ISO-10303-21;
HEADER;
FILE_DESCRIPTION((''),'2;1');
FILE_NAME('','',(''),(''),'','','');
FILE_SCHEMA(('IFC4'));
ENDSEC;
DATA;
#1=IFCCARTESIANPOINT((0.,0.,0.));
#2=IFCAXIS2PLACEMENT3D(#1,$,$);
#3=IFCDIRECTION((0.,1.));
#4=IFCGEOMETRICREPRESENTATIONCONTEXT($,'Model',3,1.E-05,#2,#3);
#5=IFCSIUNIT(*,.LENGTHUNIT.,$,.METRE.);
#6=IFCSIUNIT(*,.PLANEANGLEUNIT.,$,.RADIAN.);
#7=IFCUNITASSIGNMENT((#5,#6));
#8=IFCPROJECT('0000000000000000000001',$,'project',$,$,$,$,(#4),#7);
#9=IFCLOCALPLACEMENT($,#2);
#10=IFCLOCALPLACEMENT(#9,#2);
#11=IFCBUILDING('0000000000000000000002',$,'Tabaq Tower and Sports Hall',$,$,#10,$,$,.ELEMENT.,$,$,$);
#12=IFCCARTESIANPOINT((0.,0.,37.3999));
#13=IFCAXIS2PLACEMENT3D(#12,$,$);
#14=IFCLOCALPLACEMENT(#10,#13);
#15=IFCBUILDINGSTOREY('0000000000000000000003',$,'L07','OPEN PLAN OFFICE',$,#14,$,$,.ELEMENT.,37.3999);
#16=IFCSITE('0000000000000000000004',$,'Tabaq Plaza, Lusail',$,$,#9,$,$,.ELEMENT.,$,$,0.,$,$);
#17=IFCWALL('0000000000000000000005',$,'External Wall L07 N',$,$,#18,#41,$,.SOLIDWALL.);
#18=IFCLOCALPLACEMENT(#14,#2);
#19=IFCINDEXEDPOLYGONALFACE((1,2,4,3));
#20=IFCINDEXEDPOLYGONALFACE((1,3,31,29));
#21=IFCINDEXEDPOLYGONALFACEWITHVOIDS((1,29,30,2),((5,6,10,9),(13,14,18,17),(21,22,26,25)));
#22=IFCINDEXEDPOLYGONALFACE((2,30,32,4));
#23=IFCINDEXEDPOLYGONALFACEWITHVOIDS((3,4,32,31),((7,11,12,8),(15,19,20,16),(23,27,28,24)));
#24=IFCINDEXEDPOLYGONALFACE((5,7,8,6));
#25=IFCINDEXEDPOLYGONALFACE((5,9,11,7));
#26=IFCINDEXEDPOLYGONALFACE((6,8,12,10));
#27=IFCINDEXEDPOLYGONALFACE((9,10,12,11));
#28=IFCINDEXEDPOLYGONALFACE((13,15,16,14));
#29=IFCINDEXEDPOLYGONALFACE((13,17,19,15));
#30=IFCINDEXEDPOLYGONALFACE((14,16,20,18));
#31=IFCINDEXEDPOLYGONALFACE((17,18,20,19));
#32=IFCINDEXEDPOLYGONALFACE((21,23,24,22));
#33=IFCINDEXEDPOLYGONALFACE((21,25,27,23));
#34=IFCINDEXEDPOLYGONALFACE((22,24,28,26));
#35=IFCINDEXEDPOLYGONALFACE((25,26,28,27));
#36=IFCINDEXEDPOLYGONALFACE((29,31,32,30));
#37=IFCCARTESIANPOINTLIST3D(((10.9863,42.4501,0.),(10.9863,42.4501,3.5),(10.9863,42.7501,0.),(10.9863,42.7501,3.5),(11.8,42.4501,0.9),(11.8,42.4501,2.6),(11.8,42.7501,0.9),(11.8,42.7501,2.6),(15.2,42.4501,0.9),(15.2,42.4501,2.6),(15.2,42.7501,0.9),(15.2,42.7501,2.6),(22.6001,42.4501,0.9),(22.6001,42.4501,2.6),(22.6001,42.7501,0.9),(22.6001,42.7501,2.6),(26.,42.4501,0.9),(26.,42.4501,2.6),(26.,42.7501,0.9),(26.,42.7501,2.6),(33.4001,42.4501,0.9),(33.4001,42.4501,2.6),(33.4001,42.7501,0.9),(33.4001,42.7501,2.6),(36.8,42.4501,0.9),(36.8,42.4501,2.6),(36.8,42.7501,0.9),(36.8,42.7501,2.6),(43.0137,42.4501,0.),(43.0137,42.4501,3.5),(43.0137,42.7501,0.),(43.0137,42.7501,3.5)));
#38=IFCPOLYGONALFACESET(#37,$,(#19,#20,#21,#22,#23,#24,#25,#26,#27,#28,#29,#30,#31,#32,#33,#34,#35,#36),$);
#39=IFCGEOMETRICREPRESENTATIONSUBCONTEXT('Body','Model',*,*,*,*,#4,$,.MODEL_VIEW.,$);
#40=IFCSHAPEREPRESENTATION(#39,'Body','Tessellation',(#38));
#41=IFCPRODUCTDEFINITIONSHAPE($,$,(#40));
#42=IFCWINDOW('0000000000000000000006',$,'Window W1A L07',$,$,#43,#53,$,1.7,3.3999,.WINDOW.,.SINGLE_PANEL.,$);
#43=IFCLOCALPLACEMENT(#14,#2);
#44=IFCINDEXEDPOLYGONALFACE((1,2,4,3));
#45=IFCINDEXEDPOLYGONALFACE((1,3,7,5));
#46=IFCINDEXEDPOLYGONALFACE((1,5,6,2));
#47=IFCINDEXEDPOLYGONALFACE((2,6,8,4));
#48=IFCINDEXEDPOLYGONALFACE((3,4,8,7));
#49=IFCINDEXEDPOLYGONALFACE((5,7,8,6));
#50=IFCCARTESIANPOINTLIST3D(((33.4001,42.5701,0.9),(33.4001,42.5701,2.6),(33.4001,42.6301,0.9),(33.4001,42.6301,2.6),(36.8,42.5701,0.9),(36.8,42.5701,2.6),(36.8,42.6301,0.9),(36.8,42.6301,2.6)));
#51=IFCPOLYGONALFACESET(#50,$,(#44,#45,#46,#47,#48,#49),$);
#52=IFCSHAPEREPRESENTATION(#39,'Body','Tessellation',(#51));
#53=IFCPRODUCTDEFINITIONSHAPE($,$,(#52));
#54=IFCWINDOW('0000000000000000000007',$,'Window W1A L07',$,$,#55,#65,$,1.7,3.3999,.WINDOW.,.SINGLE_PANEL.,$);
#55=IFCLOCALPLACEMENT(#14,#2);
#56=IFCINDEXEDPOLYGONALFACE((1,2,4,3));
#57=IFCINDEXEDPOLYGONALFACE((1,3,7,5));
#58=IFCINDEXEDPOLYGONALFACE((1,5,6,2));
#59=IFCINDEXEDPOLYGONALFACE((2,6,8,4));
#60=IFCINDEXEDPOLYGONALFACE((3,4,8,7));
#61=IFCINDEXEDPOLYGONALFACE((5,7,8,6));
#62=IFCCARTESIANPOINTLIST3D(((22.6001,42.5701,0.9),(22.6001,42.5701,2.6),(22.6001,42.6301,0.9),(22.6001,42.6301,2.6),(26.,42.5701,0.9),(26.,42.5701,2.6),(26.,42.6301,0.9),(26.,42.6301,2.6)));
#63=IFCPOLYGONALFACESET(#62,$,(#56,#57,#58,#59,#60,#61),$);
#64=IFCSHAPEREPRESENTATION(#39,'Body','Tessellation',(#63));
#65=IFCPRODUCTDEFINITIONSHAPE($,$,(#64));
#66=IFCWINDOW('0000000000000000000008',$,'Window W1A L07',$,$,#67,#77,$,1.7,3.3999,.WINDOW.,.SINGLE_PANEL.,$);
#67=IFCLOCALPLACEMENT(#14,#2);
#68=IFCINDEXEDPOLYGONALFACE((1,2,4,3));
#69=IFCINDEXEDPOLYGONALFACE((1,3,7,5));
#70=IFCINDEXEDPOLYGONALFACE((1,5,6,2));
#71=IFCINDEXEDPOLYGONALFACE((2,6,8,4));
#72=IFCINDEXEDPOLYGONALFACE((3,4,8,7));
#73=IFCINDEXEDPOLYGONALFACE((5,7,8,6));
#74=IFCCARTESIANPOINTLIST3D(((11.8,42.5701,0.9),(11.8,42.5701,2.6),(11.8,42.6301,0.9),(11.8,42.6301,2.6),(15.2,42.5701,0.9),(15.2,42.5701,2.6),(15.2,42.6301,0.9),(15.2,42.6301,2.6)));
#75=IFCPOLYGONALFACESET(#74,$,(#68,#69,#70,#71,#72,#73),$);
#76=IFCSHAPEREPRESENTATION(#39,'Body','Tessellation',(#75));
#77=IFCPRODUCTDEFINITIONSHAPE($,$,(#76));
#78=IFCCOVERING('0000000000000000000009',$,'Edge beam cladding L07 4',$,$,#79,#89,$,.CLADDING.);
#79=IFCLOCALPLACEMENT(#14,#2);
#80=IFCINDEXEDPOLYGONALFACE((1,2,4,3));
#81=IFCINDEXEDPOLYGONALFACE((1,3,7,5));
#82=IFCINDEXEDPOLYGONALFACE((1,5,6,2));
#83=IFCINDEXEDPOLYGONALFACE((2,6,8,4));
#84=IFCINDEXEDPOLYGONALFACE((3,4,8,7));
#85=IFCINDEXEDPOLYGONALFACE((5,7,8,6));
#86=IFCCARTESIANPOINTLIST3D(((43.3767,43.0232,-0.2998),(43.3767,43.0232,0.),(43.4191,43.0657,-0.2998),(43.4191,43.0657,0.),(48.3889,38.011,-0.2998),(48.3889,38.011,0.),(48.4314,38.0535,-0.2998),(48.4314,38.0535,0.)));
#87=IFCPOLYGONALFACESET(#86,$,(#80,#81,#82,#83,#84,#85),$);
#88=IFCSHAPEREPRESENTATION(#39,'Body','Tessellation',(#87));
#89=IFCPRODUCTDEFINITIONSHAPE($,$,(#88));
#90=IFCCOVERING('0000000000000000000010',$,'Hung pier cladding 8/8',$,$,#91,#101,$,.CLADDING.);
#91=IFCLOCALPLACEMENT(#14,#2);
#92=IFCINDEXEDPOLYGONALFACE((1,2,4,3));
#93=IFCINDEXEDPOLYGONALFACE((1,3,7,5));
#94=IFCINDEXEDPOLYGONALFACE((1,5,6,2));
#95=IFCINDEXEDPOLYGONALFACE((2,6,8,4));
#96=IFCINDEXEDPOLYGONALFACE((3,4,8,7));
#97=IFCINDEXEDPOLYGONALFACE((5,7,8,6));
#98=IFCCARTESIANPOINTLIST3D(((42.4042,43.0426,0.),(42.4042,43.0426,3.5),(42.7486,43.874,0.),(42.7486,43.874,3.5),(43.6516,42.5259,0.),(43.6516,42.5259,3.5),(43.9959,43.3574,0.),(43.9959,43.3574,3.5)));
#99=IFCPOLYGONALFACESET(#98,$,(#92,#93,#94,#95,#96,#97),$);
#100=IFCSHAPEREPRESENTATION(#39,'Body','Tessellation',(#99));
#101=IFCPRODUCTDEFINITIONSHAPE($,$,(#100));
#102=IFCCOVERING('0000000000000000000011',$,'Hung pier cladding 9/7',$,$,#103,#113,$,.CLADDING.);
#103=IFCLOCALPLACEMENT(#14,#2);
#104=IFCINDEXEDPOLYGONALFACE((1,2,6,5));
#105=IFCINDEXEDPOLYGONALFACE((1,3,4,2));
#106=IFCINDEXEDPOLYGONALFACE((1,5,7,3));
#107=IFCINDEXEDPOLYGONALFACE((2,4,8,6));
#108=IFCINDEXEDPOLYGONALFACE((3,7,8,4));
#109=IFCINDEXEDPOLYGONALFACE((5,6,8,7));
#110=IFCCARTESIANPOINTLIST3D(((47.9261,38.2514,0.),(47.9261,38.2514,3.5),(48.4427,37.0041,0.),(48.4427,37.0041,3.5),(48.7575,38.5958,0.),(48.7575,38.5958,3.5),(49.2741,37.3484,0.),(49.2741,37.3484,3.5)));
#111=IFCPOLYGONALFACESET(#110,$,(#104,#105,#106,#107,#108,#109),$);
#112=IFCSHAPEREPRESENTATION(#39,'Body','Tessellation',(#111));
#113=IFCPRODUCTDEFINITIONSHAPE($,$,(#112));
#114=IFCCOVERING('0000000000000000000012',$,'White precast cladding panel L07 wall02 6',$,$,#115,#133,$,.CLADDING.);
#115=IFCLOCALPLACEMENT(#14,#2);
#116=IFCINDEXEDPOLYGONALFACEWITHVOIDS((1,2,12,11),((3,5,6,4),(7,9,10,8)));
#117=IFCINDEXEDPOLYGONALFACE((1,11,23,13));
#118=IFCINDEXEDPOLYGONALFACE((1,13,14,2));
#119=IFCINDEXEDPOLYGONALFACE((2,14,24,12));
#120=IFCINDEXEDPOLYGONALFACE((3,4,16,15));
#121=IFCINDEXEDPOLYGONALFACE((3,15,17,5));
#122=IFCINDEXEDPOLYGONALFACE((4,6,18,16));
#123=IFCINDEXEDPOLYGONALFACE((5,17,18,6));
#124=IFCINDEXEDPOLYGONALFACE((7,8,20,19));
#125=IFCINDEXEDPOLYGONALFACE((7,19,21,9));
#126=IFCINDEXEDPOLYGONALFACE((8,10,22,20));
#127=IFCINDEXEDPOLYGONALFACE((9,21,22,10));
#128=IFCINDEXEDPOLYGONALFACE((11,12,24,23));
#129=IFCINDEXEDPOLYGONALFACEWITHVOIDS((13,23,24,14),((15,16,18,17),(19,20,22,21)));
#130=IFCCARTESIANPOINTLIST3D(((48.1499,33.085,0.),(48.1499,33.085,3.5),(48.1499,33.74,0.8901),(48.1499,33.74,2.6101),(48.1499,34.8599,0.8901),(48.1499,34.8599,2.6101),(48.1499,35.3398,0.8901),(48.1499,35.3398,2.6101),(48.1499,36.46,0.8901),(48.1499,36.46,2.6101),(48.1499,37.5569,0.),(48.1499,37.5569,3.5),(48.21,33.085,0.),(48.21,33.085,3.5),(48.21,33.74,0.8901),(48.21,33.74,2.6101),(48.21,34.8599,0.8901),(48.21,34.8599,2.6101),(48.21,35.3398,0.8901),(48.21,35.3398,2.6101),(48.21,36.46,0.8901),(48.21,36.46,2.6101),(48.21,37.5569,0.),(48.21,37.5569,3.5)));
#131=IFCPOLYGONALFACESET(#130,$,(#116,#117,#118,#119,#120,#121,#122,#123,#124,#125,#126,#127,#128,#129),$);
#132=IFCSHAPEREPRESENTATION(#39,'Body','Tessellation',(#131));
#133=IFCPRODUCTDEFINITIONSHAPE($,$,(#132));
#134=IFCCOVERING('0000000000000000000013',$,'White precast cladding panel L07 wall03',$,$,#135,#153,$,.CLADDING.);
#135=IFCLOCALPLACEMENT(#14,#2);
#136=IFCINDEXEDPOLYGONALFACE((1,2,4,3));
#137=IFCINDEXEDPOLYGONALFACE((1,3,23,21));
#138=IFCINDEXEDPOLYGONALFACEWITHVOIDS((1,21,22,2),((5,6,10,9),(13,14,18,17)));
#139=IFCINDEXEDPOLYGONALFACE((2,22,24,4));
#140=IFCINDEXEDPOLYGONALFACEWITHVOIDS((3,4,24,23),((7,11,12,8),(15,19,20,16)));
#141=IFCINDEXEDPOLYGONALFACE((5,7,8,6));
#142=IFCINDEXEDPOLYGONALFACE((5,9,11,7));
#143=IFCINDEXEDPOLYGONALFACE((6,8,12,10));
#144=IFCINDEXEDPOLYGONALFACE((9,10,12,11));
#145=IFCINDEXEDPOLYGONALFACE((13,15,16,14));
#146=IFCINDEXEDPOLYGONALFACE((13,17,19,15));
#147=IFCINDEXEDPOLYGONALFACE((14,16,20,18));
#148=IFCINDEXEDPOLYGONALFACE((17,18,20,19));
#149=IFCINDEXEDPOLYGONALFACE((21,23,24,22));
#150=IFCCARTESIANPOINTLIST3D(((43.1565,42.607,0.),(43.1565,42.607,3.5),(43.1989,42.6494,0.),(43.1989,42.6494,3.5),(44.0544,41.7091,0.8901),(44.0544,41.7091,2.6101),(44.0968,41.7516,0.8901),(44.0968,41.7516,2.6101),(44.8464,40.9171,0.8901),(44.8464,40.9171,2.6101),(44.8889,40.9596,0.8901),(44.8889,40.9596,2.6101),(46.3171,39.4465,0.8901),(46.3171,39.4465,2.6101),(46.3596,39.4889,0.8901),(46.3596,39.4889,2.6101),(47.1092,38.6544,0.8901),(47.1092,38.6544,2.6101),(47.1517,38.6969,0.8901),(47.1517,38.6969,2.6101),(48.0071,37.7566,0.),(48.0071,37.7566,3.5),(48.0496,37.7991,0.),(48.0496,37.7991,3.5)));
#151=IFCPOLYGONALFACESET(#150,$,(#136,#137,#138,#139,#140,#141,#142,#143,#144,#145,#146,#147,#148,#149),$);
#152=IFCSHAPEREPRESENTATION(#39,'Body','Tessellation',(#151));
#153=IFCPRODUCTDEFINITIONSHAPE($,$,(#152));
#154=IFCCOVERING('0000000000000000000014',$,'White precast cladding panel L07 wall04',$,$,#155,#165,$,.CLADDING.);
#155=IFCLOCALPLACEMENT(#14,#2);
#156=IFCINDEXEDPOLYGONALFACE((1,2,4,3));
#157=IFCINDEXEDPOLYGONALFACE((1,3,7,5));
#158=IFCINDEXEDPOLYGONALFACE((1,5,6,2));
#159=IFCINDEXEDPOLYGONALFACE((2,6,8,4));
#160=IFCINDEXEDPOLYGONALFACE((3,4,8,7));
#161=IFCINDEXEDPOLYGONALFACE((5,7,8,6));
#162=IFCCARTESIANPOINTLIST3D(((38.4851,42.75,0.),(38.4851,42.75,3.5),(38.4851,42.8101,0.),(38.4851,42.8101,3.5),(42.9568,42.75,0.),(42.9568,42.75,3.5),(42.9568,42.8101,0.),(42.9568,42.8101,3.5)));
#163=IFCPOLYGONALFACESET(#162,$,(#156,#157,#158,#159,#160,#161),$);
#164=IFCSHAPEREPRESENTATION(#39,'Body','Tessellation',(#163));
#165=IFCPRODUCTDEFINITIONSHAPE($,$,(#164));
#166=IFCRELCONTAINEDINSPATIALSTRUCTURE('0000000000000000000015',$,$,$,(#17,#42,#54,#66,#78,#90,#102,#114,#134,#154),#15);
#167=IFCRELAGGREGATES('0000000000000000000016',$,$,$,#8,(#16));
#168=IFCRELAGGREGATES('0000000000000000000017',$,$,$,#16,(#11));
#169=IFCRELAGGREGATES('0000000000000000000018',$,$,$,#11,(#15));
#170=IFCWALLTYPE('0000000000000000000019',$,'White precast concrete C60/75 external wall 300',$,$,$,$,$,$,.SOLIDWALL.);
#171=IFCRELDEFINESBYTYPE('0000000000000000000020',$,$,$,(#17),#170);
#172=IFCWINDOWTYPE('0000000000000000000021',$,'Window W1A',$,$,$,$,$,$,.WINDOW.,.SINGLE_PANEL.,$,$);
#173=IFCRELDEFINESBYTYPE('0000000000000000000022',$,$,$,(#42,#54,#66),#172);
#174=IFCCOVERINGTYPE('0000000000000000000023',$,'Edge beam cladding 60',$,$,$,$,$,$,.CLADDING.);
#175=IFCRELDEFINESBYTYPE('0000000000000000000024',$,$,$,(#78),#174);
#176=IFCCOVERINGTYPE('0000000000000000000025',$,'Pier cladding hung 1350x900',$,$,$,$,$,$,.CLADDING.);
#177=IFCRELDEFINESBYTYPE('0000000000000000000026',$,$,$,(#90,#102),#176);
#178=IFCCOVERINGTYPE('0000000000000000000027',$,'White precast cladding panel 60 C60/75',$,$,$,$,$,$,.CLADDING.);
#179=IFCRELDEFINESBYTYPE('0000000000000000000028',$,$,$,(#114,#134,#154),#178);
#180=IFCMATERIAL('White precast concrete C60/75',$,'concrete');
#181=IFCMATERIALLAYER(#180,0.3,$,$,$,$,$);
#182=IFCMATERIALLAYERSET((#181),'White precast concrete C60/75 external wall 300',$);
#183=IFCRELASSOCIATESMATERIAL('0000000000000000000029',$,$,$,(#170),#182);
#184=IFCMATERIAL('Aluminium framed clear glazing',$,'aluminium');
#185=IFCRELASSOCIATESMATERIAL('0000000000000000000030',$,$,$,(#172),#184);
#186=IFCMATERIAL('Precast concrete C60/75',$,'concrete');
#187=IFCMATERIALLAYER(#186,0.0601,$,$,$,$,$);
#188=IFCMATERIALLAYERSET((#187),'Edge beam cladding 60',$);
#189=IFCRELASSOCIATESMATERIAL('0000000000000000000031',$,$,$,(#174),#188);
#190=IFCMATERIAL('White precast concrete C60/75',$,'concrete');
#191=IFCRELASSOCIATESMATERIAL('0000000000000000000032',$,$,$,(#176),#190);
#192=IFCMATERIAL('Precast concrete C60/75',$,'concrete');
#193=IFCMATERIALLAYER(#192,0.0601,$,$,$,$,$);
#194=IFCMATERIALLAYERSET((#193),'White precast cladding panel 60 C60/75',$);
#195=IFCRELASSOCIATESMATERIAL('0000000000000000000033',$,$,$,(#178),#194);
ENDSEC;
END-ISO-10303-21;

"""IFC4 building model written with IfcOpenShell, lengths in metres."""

from ifc_helpers import new_model, si_unit, direction, frame, frame_2d, origin, place, context, subcontext, project, spatial, polyline, rectangle, outline, extrude, material, layer, layer_set, type_object, element, fill, save


model = new_model("IFC4")

# Units and contexts
model_context = context("Model", 3, precision=1e-05, world=origin(), true_north=direction((0.0, 1.0)))
body_context = subcontext(model_context, "Body", "Model", "MODEL_VIEW")
ifc_project = project(units=[si_unit("LENGTHUNIT", "METRE"), si_unit("PLANEANGLEUNIT", "RADIAN")], contexts=[model_context])

# Site, building, storey
site_placement = place(None, origin())
site = spatial("IfcSite", under=ifc_project, at=site_placement, Name="Tabaq Plaza, Lusail", CompositionType="ELEMENT", RefElevation=0.0)
building_placement = place(site_placement, origin())
building = spatial("IfcBuilding", under=site, at=building_placement, Name="Tabaq Tower and Sports Hall", CompositionType="ELEMENT")
storey_placement = place(building_placement, frame((0.0, 0.0, 37.3999)))
storey = spatial("IfcBuildingStorey", under=building, at=storey_placement, Name="L07", Description="OPEN PLAN OFFICE", CompositionType="ELEMENT", Elevation=37.3999)

# Wall, openings, windows
ifc_material_1 = material(Name="White precast concrete C60/75", Category="concrete")
ifc_layer_1 = layer(ifc_material_1, 0.3)
ifc_layer_set_1 = layer_set([ifc_layer_1], Name="White precast concrete C60/75 external wall 300")
wall_type_1 = type_object("IfcWallType", Name="White precast concrete C60/75 external wall 300", PredefinedType="SOLIDWALL", material=ifc_layer_set_1)
wall_1_placement = place(storey_placement, frame((43.0137, 42.6001, 0.0), z_axis=(0.0, 0.0, 1.0), x_axis=(-1.0, 0.0, 0.0)))
wall_1 = element("IfcWall", 1, at=wall_1_placement, inside=storey, type_object=wall_type_1, Name="External Wall L07 N", PredefinedType="SOLIDWALL", context=body_context, shape_type="SweptSolid", body=[
    extrude(rectangle(XDim=32.0273, YDim=0.3, at=frame_2d((16.0137, 0.0))), origin(), (0.0, 0.0, 1.0), 3.5),
])
opening_1_placement = place(wall_1_placement, frame((6.2136, 0.0, 0.8999)))
opening_1 = element("IfcOpeningElement", 2, at=opening_1_placement, cuts=wall_1, PredefinedType="OPENING", context=body_context, shape_type="SweptSolid", body=[
    extrude(rectangle(XDim=3.3999, YDim=1.7, at=frame_2d((1.7, 0.8501))), frame((0.0, 0.1602, 0.0), z_axis=(0.0, -1.0, 0.0), x_axis=(1.0, 0.0, 0.0)), (0.0, 0.0, 1.0), 0.3201),
])
opening_2_placement = place(wall_1_placement, frame((17.0137, 0.0, 0.8999)))
opening_2 = element("IfcOpeningElement", 3, at=opening_2_placement, cuts=wall_1, PredefinedType="OPENING", context=body_context, shape_type="SweptSolid", body=[
    extrude(rectangle(XDim=3.3999, YDim=1.7, at=frame_2d((1.7, 0.8501))), frame((0.0, 0.1602, 0.0), z_axis=(0.0, -1.0, 0.0), x_axis=(1.0, 0.0, 0.0)), (0.0, 0.0, 1.0), 0.3201),
])
opening_3_placement = place(wall_1_placement, frame((27.8137, 0.0, 0.8999)))
opening_3 = element("IfcOpeningElement", 4, at=opening_3_placement, cuts=wall_1, PredefinedType="OPENING", context=body_context, shape_type="SweptSolid", body=[
    extrude(rectangle(XDim=3.3999, YDim=1.7, at=frame_2d((1.7, 0.8501))), frame((0.0, 0.1602, 0.0), z_axis=(0.0, -1.0, 0.0), x_axis=(1.0, 0.0, 0.0)), (0.0, 0.0, 1.0), 0.3201),
])
ifc_material_2 = material(Name="Aluminium framed clear glazing", Category="aluminium")
window_type_1 = type_object("IfcWindowType", Name="Window W1A", PartitioningType="SINGLE_PANEL", PredefinedType="WINDOW", material=ifc_material_2)
window_1_placement = place(opening_1_placement, origin())
window_1 = element("IfcWindow", 5, at=window_1_placement, inside=storey, type_object=window_type_1, Name="Window W1A L07", OverallHeight=1.7, OverallWidth=3.3999, PartitioningType="SINGLE_PANEL", PredefinedType="WINDOW", context=body_context, shape_type="SweptSolid", body=[
    extrude(rectangle(XDim=3.3999, YDim=1.7, at=frame_2d((1.7, 0.8501))), frame((0.0, 0.03, 0.0), z_axis=(0.0, -1.0, 0.0), x_axis=(1.0, 0.0, 0.0)), (0.0, 0.0, 1.0), 0.0601),
])
fill(opening_1, window_1)
window_2_placement = place(opening_2_placement, origin())
window_2 = element("IfcWindow", 6, at=window_2_placement, inside=storey, type_object=window_type_1, Name="Window W1A L07", OverallHeight=1.7, OverallWidth=3.3999, PartitioningType="SINGLE_PANEL", PredefinedType="WINDOW", context=body_context, shape_type="SweptSolid", body=[
    extrude(rectangle(XDim=3.3999, YDim=1.7, at=frame_2d((1.7, 0.8501))), frame((0.0, 0.03, 0.0), z_axis=(0.0, -1.0, 0.0), x_axis=(1.0, 0.0, 0.0)), (0.0, 0.0, 1.0), 0.0601),
])
fill(opening_2, window_2)
window_3_placement = place(opening_3_placement, origin())
window_3 = element("IfcWindow", 7, at=window_3_placement, inside=storey, type_object=window_type_1, Name="Window W1A L07", OverallHeight=1.7, OverallWidth=3.3999, PartitioningType="SINGLE_PANEL", PredefinedType="WINDOW", context=body_context, shape_type="SweptSolid", body=[
    extrude(rectangle(XDim=3.3999, YDim=1.7, at=frame_2d((1.7, 0.8501))), frame((0.0, 0.03, 0.0), z_axis=(0.0, -1.0, 0.0), x_axis=(1.0, 0.0, 0.0)), (0.0, 0.0, 1.0), 0.0601),
])
fill(opening_3, window_3)

# Coverings
ifc_material_3 = material(Name="Precast concrete C60/75", Category="concrete")
ifc_layer_2 = layer(ifc_material_3, 0.0601)
ifc_layer_set_2 = layer_set([ifc_layer_2], Name="Edge beam cladding 60")
covering_type_1 = type_object("IfcCoveringType", Name="Edge beam cladding 60", PredefinedType="CLADDING", material=ifc_layer_set_2)
covering_1_placement = place(storey_placement, frame((48.4102, 38.0322, -0.2998), z_axis=(0.0, 0.0, 1.0), x_axis=(-0.707107, 0.707107, 0.0)))
element("IfcCovering", 8, at=covering_1_placement, inside=storey, type_object=covering_type_1, Name="Edge beam cladding L07 4", PredefinedType="CLADDING", context=body_context, shape_type="SweptSolid", body=[
    extrude(rectangle(XDim=7.0884, YDim=0.0601, at=frame_2d((3.5442, 0.0))), origin(), (0.0, 0.0, 1.0), 0.2998),
])
ifc_material_4 = material(Name="White precast concrete C60/75", Category="concrete")
covering_type_2 = type_object("IfcCoveringType", Name="Pier cladding hung 1350x900", PredefinedType="CLADDING", material=ifc_material_4)
for number, where, z_axis, x_axis, name in (
    (9, (43.8237, 42.9417, 0.0), (0.0, 0.0, 1.0), (-0.923893, 0.38265, 0.0), "Hung pier cladding 8/8"),
    (10, (48.8584, 37.1763, 0.0), (0.0, 0.0, 1.0), (-0.38265, 0.923893, 0.0), "Hung pier cladding 9/7"),
):
    element("IfcCovering", number, at=place(storey_placement, frame(where, z_axis=z_axis, x_axis=x_axis)), inside=storey, type_object=covering_type_2, Name=name, PredefinedType="CLADDING", context=body_context, shape_type="SweptSolid", body=[
        extrude(rectangle(XDim=1.3501, YDim=0.8999, at=frame_2d((0.675, 0.0))), origin(), (0.0, 0.0, 1.0), 3.5),
    ])
ifc_material_5 = material(Name="Precast concrete C60/75", Category="concrete")
ifc_layer_3 = layer(ifc_material_5, 0.0601)
ifc_layer_set_3 = layer_set([ifc_layer_3], Name="White precast cladding panel 60 C60/75")
covering_type_3 = type_object("IfcCoveringType", Name="White precast cladding panel 60 C60/75", PredefinedType="CLADDING", material=ifc_layer_set_3)
covering_2_placement = place(storey_placement, frame((48.1799, 33.085, 0.0), z_axis=(0.0, 0.0, 1.0), x_axis=(0.0, 1.0, 0.0)))
element("IfcCovering", 11, at=covering_2_placement, inside=storey, type_object=covering_type_3, Name="White precast cladding panel L07 wall02 6", PredefinedType="CLADDING", context=body_context, shape_type="SweptSolid", body=[
    extrude(outline(polyline([(0.0, 0.0), (4.4719, 0.0), (4.4719, 3.5), (0.0, 3.5), (0.0, 0.0)]), holes=[polyline([(0.655, 2.6101), (1.7749, 2.6101), (1.7749, 0.8901), (0.655, 0.8901), (0.655, 2.6101)]), polyline([(2.2549, 2.6101), (3.375, 2.6101), (3.375, 0.8901), (2.2549, 0.8901), (2.2549, 2.6101)])]), frame((0.0, 0.03, 0.0), z_axis=(0.0, -1.0, 0.0), x_axis=(1.0, 0.0, 0.0)), (0.0, 0.0, 1.0), 0.0601),
])
covering_3_placement = place(storey_placement, frame((48.0283, 37.7778, 0.0), z_axis=(0.0, 0.0, 1.0), x_axis=(-0.707125, 0.707089, 0.0)))
element("IfcCovering", 12, at=covering_3_placement, inside=storey, type_object=covering_type_3, Name="White precast cladding panel L07 wall03", PredefinedType="CLADDING", context=body_context, shape_type="SweptSolid", body=[
    extrude(outline(polyline([(0.0, 0.0), (6.8596, 0.0), (6.8596, 3.5), (0.0, 3.5), (0.0, 0.0)]), holes=[polyline([(1.2698, 2.6101), (2.3899, 2.6101), (2.3899, 0.8901), (1.2698, 0.8901), (1.2698, 2.6101)]), polyline([(4.4697, 2.6101), (5.5898, 2.6101), (5.5898, 0.8901), (4.4697, 0.8901), (4.4697, 2.6101)])]), frame((0.0, 0.03, 0.0), z_axis=(0.0, -1.0, 0.0), x_axis=(1.0, 0.0, 0.0)), (0.0, 0.0, 1.0), 0.0601),
])
covering_4_placement = place(storey_placement, frame((42.9568, 42.78, 0.0), z_axis=(0.0, 0.0, 1.0), x_axis=(-1.0, 0.0, 0.0)))
element("IfcCovering", 13, at=covering_4_placement, inside=storey, type_object=covering_type_3, Name="White precast cladding panel L07 wall04", PredefinedType="CLADDING", context=body_context, shape_type="SweptSolid", body=[
    extrude(rectangle(XDim=4.4717, YDim=0.0601, at=frame_2d((2.2358, 0.0))), origin(), (0.0, 0.0, 1.0), 3.5),
])

save(model, "model.ifc")
